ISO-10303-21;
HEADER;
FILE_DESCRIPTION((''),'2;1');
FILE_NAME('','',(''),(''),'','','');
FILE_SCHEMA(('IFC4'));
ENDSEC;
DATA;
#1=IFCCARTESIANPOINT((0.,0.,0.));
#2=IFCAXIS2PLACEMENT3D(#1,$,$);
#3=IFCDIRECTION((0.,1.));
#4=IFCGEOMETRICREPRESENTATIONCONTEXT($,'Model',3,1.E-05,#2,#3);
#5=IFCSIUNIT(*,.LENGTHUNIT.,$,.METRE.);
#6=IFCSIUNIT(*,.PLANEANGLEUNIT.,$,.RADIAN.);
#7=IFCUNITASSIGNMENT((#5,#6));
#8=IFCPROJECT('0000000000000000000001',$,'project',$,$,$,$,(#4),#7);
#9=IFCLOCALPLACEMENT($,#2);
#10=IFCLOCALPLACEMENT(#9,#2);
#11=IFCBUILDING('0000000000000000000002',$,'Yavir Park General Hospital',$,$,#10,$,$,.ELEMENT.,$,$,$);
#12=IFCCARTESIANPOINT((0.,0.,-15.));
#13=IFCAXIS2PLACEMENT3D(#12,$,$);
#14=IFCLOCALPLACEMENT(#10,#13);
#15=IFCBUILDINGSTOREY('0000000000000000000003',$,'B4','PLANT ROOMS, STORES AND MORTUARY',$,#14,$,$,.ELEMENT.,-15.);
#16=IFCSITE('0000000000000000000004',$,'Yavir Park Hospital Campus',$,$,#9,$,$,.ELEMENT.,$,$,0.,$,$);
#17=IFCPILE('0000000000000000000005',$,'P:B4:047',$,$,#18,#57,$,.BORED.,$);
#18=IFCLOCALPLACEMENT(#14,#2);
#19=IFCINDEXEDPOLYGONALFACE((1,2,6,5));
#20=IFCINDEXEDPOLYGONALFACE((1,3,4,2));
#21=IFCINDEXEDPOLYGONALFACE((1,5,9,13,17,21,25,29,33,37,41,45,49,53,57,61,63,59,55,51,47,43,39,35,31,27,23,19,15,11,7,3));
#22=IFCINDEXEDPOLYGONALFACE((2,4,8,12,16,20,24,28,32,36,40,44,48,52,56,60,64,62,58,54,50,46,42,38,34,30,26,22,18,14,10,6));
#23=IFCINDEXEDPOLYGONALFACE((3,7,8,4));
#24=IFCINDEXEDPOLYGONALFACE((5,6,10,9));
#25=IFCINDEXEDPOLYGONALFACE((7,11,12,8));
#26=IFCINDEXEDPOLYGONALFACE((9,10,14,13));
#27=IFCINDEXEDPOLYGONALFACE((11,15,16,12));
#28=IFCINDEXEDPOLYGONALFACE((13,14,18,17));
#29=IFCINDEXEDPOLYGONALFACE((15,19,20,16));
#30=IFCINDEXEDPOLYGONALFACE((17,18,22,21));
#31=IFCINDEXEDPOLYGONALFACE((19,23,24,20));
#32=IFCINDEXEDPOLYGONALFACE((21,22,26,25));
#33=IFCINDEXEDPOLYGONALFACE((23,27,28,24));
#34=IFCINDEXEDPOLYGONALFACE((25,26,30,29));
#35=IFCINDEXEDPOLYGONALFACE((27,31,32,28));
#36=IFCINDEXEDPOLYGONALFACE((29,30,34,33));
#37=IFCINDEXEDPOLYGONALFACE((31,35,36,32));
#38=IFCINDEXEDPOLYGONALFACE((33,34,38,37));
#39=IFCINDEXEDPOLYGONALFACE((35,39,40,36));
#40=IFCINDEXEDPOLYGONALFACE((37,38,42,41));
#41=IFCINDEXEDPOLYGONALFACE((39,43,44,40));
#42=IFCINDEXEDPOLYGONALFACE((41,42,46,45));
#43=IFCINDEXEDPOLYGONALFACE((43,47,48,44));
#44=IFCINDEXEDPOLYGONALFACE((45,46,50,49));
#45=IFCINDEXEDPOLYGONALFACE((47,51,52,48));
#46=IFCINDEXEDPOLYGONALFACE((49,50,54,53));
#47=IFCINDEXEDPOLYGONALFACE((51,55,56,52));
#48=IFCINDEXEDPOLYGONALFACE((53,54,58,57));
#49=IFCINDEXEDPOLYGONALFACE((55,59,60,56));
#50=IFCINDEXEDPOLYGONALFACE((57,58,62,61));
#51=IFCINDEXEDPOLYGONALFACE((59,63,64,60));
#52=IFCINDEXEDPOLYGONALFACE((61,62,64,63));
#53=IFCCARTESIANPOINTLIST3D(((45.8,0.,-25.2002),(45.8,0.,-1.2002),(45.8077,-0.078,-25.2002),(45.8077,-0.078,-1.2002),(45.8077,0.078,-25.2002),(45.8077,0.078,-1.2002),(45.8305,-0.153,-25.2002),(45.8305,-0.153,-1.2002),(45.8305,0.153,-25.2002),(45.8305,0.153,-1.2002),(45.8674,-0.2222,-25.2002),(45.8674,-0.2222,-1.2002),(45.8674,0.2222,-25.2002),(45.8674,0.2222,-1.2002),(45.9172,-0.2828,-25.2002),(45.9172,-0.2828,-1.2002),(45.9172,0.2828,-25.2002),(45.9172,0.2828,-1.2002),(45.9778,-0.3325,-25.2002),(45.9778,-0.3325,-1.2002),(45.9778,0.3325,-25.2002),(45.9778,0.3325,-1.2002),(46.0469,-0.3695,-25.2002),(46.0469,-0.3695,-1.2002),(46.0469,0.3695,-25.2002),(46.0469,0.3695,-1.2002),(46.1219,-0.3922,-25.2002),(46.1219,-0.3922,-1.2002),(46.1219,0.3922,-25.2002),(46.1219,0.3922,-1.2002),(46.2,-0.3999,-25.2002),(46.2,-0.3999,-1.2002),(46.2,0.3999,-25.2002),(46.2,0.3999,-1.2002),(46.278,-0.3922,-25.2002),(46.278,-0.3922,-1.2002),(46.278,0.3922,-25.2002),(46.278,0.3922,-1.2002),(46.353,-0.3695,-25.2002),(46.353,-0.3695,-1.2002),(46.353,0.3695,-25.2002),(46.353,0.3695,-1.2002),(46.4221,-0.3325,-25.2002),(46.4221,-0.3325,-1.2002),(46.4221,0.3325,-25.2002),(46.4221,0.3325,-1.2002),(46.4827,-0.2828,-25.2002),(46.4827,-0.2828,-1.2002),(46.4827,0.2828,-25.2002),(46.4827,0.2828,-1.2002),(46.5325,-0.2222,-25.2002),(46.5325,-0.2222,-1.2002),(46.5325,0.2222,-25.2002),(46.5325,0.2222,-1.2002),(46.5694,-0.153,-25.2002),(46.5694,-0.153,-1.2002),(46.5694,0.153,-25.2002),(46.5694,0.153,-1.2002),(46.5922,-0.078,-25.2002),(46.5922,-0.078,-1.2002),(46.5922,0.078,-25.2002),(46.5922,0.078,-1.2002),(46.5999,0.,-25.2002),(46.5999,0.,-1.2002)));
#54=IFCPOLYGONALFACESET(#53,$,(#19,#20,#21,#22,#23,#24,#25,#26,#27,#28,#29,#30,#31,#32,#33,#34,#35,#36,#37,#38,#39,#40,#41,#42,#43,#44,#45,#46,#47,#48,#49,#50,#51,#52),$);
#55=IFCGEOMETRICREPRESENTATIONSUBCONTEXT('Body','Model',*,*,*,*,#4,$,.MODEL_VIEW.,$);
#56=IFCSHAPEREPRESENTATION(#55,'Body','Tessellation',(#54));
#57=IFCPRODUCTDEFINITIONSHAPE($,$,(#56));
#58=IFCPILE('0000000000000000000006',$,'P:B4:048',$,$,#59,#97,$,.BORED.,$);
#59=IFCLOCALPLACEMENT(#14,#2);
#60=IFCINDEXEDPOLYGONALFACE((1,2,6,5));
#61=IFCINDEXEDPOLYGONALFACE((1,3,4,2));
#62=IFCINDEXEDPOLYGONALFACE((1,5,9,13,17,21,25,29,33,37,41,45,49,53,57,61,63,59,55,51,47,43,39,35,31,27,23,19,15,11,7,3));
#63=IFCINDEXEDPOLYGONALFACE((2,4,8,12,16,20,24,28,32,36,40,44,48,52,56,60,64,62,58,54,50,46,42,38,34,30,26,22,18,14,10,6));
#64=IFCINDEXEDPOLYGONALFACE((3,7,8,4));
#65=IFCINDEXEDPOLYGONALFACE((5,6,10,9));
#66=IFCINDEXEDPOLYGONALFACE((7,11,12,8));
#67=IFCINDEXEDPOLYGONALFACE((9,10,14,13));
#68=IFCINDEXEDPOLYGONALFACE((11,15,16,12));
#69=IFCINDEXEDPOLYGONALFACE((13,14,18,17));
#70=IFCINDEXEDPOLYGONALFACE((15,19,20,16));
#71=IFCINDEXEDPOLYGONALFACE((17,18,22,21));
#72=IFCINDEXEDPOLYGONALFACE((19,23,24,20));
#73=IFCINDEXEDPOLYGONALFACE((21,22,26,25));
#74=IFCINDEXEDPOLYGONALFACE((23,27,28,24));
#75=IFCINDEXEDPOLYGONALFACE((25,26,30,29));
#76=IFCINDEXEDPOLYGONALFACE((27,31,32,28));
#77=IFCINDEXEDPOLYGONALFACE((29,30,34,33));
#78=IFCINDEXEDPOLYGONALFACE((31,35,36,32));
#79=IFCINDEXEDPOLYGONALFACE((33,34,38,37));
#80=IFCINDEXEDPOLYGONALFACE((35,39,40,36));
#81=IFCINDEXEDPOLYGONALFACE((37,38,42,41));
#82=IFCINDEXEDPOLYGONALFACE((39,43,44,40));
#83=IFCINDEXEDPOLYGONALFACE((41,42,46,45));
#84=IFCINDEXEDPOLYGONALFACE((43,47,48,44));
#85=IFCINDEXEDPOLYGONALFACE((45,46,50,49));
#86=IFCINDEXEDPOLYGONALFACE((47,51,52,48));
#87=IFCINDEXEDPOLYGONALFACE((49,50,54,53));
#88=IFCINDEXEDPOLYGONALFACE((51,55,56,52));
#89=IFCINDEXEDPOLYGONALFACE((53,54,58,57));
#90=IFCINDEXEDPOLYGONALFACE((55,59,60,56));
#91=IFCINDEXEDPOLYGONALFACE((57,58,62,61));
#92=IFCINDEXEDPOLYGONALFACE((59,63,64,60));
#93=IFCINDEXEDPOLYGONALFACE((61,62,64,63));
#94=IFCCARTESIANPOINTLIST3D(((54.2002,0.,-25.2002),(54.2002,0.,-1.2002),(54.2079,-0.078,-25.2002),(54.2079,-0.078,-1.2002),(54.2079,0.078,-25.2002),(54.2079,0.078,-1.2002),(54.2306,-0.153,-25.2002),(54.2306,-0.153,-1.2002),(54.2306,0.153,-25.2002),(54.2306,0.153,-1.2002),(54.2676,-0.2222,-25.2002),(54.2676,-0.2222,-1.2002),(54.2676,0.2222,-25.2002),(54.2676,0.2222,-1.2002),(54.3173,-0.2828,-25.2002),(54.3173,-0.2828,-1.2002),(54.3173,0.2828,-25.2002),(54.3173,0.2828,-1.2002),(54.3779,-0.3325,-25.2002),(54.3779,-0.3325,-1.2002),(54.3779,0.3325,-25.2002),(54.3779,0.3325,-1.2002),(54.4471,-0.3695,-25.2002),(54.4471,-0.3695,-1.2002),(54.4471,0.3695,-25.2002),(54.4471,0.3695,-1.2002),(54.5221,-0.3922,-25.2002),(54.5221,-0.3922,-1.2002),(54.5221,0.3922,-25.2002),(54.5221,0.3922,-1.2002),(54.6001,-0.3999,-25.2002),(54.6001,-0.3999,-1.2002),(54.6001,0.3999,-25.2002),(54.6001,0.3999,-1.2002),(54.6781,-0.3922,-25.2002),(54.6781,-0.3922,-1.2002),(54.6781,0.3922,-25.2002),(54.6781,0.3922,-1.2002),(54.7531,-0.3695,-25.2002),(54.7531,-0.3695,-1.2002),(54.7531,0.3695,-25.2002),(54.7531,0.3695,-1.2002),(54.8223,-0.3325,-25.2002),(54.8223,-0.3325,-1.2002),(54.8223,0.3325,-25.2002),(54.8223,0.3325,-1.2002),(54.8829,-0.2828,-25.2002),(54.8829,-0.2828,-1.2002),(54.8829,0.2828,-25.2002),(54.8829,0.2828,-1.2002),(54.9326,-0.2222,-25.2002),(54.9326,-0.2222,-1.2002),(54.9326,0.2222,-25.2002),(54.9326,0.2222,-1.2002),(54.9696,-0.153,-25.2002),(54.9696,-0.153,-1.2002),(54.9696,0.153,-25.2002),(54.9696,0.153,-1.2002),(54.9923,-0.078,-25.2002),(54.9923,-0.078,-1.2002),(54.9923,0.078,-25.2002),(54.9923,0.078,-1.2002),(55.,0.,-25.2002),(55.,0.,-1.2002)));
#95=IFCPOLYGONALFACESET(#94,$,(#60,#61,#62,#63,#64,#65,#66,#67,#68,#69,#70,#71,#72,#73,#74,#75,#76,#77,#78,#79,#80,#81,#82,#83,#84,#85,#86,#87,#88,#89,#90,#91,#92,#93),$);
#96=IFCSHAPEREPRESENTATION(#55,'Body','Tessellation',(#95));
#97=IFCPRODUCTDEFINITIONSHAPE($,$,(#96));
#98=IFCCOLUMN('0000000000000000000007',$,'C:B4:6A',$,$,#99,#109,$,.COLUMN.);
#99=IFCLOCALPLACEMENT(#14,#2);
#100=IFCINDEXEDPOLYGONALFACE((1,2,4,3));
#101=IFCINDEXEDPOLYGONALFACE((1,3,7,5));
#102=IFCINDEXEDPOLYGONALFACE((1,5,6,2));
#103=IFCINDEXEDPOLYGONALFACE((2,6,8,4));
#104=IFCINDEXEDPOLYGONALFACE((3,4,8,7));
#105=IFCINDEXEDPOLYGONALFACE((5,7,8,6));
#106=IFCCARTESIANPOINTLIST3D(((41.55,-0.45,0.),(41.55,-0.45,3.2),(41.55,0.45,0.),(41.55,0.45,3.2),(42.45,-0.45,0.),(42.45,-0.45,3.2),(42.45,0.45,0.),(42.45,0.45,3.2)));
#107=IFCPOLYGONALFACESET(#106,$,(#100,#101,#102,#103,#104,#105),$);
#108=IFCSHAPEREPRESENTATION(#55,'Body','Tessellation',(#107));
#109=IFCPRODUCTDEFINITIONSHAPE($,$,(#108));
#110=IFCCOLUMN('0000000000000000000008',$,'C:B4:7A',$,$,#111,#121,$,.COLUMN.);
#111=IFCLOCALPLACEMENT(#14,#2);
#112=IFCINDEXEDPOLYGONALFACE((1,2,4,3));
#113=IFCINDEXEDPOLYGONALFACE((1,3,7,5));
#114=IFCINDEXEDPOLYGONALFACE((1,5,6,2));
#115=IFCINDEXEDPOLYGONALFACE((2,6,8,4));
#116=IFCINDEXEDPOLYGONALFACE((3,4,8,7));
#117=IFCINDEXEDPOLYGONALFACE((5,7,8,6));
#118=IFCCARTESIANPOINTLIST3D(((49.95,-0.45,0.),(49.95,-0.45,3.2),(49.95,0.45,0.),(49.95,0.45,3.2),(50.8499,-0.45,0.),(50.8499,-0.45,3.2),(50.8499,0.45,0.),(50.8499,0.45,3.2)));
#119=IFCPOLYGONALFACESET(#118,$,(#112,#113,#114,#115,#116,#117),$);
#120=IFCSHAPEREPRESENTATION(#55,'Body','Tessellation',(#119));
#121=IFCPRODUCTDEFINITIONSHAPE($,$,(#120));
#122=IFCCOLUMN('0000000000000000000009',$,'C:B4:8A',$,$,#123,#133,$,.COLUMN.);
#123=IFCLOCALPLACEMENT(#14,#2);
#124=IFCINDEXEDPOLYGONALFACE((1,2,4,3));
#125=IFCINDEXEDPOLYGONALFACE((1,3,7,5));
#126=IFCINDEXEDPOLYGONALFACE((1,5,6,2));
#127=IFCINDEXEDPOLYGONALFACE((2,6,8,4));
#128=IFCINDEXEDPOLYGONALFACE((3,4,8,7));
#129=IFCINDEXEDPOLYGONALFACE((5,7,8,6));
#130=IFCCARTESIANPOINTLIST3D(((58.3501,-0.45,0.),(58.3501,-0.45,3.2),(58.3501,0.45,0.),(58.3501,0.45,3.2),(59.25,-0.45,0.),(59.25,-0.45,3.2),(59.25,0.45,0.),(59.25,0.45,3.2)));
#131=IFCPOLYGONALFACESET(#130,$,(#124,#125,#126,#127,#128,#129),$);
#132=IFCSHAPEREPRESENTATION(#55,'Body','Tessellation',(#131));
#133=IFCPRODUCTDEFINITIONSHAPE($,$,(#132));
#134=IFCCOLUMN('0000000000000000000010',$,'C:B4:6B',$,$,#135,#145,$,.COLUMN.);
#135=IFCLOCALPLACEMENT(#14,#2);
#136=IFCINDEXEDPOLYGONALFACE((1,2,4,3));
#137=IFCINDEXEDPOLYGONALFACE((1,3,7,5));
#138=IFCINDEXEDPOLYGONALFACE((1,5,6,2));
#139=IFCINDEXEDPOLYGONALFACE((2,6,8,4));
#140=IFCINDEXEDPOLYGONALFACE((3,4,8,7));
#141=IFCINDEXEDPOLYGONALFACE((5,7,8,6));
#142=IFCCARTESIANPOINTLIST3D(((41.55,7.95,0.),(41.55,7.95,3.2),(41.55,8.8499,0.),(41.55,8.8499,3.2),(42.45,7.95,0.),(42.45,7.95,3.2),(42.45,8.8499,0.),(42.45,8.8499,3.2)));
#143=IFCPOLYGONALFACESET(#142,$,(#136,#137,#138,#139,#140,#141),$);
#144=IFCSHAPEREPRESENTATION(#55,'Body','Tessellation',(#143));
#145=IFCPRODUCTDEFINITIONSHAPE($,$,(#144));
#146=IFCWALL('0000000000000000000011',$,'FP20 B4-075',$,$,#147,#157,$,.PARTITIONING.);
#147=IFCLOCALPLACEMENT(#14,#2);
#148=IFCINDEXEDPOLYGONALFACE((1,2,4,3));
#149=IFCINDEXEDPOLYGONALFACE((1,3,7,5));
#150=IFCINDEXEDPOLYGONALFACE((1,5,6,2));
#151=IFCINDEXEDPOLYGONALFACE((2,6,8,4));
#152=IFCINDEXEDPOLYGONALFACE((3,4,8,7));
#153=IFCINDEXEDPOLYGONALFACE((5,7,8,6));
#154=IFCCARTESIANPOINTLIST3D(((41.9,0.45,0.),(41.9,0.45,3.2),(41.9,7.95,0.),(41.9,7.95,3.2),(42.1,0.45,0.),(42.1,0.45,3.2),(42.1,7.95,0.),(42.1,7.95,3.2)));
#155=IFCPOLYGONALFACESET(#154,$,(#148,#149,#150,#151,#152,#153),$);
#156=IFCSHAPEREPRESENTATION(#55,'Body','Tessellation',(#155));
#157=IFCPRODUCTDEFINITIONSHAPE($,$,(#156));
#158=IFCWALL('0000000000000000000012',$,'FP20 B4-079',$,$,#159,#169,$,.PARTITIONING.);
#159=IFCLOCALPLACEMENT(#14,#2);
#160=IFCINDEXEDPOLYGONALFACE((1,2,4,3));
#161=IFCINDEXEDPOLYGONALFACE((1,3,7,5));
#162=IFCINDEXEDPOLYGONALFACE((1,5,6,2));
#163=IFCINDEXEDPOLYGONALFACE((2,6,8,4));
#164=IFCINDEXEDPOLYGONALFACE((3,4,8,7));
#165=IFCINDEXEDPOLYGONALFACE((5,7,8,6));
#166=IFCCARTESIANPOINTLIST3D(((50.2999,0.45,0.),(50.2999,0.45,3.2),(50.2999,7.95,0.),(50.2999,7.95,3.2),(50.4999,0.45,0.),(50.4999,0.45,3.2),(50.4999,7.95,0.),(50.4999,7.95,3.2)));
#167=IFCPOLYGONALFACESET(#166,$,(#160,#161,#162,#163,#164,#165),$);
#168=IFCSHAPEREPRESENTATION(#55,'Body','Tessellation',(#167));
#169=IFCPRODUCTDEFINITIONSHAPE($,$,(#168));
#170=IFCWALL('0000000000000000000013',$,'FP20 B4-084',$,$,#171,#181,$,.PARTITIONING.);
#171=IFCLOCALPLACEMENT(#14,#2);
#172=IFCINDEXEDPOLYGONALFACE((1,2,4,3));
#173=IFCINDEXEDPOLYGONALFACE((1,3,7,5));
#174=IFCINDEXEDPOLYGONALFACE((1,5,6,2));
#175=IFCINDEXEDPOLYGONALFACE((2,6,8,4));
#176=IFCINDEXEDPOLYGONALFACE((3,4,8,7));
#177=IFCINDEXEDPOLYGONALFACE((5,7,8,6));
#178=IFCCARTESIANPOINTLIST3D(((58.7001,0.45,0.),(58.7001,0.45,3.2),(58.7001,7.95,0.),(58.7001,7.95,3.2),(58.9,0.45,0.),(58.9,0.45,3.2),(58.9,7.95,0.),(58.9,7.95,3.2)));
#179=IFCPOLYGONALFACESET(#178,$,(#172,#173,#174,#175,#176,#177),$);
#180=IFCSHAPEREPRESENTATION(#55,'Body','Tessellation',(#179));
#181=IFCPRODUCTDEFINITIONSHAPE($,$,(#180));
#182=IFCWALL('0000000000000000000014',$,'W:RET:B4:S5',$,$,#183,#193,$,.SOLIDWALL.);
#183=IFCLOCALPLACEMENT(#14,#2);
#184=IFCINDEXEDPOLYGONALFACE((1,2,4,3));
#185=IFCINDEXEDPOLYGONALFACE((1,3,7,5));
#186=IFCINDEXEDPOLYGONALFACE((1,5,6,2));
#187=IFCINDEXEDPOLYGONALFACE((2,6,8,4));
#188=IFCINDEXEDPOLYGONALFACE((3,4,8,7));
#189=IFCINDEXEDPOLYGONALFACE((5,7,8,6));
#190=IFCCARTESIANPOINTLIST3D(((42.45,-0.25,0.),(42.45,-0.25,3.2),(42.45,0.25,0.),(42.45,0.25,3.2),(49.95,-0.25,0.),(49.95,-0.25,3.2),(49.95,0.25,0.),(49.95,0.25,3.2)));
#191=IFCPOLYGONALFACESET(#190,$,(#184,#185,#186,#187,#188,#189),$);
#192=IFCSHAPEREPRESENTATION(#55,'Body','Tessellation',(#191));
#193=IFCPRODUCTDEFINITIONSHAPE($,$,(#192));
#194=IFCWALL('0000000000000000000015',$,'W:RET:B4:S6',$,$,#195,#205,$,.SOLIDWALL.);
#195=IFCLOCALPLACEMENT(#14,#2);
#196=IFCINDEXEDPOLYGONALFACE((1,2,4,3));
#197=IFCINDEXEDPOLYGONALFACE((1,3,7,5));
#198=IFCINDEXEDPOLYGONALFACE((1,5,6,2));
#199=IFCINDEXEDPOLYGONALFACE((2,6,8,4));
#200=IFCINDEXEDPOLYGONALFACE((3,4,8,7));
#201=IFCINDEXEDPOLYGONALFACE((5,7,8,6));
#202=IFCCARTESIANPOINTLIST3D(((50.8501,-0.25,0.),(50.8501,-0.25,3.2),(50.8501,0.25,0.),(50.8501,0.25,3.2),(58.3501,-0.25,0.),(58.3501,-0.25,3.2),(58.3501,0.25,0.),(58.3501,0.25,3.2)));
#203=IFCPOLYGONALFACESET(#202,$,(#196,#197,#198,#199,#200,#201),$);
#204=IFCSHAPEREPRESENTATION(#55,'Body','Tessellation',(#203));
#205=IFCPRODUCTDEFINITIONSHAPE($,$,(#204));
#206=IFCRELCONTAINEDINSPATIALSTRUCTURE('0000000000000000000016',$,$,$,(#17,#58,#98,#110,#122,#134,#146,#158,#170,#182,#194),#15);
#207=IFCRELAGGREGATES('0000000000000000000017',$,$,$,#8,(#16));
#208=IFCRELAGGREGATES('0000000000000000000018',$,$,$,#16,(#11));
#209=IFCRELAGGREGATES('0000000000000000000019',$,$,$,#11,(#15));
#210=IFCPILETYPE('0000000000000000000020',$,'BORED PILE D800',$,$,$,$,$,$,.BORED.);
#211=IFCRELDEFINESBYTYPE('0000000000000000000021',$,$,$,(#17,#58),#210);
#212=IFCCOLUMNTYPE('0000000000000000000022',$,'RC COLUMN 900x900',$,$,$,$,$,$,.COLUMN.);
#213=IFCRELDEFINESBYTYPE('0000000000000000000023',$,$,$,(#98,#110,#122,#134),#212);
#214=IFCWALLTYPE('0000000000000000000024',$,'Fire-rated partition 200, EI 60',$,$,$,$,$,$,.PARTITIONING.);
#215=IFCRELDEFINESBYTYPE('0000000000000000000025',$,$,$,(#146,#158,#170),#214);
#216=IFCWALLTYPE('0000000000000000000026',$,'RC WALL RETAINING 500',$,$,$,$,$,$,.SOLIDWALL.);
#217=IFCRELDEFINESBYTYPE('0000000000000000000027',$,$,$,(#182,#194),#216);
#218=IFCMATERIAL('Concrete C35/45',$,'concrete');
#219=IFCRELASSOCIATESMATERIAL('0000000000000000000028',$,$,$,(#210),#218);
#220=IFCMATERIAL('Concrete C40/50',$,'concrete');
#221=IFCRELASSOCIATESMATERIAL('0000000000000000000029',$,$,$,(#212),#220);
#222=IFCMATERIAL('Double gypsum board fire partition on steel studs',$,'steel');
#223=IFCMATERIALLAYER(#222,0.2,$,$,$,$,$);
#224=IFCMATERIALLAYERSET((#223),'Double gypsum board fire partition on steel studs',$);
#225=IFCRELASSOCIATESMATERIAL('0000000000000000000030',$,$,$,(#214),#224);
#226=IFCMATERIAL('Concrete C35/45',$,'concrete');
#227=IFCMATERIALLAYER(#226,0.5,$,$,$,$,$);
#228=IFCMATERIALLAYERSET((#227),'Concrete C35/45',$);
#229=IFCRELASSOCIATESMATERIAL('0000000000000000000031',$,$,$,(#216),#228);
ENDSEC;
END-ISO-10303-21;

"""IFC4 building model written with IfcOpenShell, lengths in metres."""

from ifc_helpers import new_model, si_unit, direction, frame, frame_2d, origin, origin_2d, place, context, subcontext, project, spatial, rectangle, circle, extrude, material, layer, layer_set, material_profile, profile_set, type_object, element, save


model = new_model("IFC4")

# Units and contexts
model_context = context("Model", 3, precision=1e-05, world=origin(), true_north=direction((0.0, 1.0)))
body_context = subcontext(model_context, "Body", "Model", "MODEL_VIEW")
ifc_project = project(units=[si_unit("LENGTHUNIT", "METRE"), si_unit("PLANEANGLEUNIT", "RADIAN")], contexts=[model_context])

# Site, building, storey
site_placement = place(None, origin())
site = spatial("IfcSite", under=ifc_project, at=site_placement, Name="Yavir Park Hospital Campus", CompositionType="ELEMENT", RefElevation=0.0)
building_placement = place(site_placement, origin())
building = spatial("IfcBuilding", under=site, at=building_placement, Name="Yavir Park General Hospital", CompositionType="ELEMENT")
storey_placement = place(building_placement, frame((0.0, 0.0, -15.0)))
storey = spatial("IfcBuildingStorey", under=building, at=storey_placement, Name="B4", Description="PLANT ROOMS, STORES AND MORTUARY", CompositionType="ELEMENT", Elevation=-15.0)

# Piles
ifc_material_1 = material(Name="Concrete C35/45", Category="concrete")
ifc_material_profile_1 = material_profile(ifc_material_1, circle(Radius=0.3999, at=origin_2d()), Name="D800")
ifc_profile_set_1 = profile_set([ifc_material_profile_1], Name="Concrete C35/45")
pile_type_1 = type_object("IfcPileType", Name="BORED PILE D800", PredefinedType="BORED", material=ifc_profile_set_1)
for number, where, z_axis, x_axis, name in (
    (1, (46.2, 0.0, -1.2002), (0.0, 0.0, -1.0), (1.0, 0.0, 0.0), "P:B4:047"),
    (2, (54.6001, 0.0, -1.2002), (0.0, 0.0, -1.0), (1.0, 0.0, 0.0), "P:B4:048"),
):
    element("IfcPile", number, at=place(storey_placement, frame(where, z_axis=z_axis, x_axis=x_axis)), inside=storey, type_object=pile_type_1, Name=name, PredefinedType="BORED", context=body_context, shape_type="SweptSolid", body=[
        extrude(circle(Radius=0.3999, at=origin_2d()), origin(), (0.0, 0.0, 1.0), 24.0),
    ])

# Columns
ifc_material_2 = material(Name="Concrete C40/50", Category="concrete")
ifc_material_profile_2 = material_profile(ifc_material_2, rectangle(XDim=0.8999, YDim=0.8999, at=origin_2d()), Name="RC900x900")
ifc_profile_set_2 = profile_set([ifc_material_profile_2], Name="Concrete C40/50")
column_type = type_object("IfcColumnType", Name="RC COLUMN 900x900", PredefinedType="COLUMN", material=ifc_profile_set_2)
for number, where, z_axis, x_axis, name in (
    (3, (42.0, 0.0, 0.0), (0.0, 0.0, 1.0), (1.0, 0.0, 0.0), "C:B4:6A"),
    (4, (50.3999, 0.0, 0.0), (0.0, 0.0, 1.0), (1.0, 0.0, 0.0), "C:B4:7A"),
    (5, (58.8, 0.0, 0.0), (0.0, 0.0, 1.0), (1.0, 0.0, 0.0), "C:B4:8A"),
    (6, (42.0, 8.3999, 0.0), (0.0, 0.0, 1.0), (1.0, 0.0, 0.0), "C:B4:6B"),
):
    element("IfcColumn", number, at=place(storey_placement, frame(where, z_axis=z_axis, x_axis=x_axis)), inside=storey, type_object=column_type, Name=name, PredefinedType="COLUMN", context=body_context, shape_type="SweptSolid", body=[
        extrude(rectangle(XDim=0.8999, YDim=0.8999, at=origin_2d()), origin(), (0.0, 0.0, 1.0), 3.2),
    ])

# Walls
ifc_material_3 = material(Name="Double gypsum board fire partition on steel studs", Category="steel")
ifc_layer_1 = layer(ifc_material_3, 0.2)
ifc_layer_set_1 = layer_set([ifc_layer_1], Name="Double gypsum board fire partition on steel studs")
wall_type_1 = type_object("IfcWallType", Name="Fire-rated partition 200, EI 60", PredefinedType="PARTITIONING", material=ifc_layer_set_1)
for number, where, z_axis, x_axis, name in (
    (7, (42.0, 0.45, 0.0), (0.0, 0.0, 1.0), (0.0, 1.0, 0.0), "FP20 B4-075"),
    (8, (50.3999, 0.45, 0.0), (0.0, 0.0, 1.0), (0.0, 1.0, 0.0), "FP20 B4-079"),
    (9, (58.8, 0.45, 0.0), (0.0, 0.0, 1.0), (0.0, 1.0, 0.0), "FP20 B4-084"),
):
    element("IfcWall", number, at=place(storey_placement, frame(where, z_axis=z_axis, x_axis=x_axis)), inside=storey, type_object=wall_type_1, Name=name, PredefinedType="PARTITIONING", context=body_context, shape_type="SweptSolid", body=[
        extrude(rectangle(XDim=7.5, YDim=0.2, at=frame_2d((3.75, 0.0))), origin(), (0.0, 0.0, 1.0), 3.2),
    ])
ifc_material_4 = material(Name="Concrete C35/45", Category="concrete")
ifc_layer_2 = layer(ifc_material_4, 0.5)
ifc_layer_set_2 = layer_set([ifc_layer_2], Name="Concrete C35/45")
wall_type_2 = type_object("IfcWallType", Name="RC WALL RETAINING 500", PredefinedType="SOLIDWALL", material=ifc_layer_set_2)
for number, where, z_axis, x_axis, name in (
    (10, (42.45, 0.0, 0.0), (0.0, 0.0, 1.0), (1.0, 0.0, 0.0), "W:RET:B4:S5"),
    (11, (50.8501, 0.0, 0.0), (0.0, 0.0, 1.0), (1.0, 0.0, 0.0), "W:RET:B4:S6"),
):
    element("IfcWall", number, at=place(storey_placement, frame(where, z_axis=z_axis, x_axis=x_axis)), inside=storey, type_object=wall_type_2, Name=name, PredefinedType="SOLIDWALL", context=body_context, shape_type="SweptSolid", body=[
        extrude(rectangle(XDim=7.5, YDim=0.5, at=frame_2d((3.75, 0.0))), origin(), (0.0, 0.0, 1.0), 3.2),
    ])

save(model, "model.ifc")
